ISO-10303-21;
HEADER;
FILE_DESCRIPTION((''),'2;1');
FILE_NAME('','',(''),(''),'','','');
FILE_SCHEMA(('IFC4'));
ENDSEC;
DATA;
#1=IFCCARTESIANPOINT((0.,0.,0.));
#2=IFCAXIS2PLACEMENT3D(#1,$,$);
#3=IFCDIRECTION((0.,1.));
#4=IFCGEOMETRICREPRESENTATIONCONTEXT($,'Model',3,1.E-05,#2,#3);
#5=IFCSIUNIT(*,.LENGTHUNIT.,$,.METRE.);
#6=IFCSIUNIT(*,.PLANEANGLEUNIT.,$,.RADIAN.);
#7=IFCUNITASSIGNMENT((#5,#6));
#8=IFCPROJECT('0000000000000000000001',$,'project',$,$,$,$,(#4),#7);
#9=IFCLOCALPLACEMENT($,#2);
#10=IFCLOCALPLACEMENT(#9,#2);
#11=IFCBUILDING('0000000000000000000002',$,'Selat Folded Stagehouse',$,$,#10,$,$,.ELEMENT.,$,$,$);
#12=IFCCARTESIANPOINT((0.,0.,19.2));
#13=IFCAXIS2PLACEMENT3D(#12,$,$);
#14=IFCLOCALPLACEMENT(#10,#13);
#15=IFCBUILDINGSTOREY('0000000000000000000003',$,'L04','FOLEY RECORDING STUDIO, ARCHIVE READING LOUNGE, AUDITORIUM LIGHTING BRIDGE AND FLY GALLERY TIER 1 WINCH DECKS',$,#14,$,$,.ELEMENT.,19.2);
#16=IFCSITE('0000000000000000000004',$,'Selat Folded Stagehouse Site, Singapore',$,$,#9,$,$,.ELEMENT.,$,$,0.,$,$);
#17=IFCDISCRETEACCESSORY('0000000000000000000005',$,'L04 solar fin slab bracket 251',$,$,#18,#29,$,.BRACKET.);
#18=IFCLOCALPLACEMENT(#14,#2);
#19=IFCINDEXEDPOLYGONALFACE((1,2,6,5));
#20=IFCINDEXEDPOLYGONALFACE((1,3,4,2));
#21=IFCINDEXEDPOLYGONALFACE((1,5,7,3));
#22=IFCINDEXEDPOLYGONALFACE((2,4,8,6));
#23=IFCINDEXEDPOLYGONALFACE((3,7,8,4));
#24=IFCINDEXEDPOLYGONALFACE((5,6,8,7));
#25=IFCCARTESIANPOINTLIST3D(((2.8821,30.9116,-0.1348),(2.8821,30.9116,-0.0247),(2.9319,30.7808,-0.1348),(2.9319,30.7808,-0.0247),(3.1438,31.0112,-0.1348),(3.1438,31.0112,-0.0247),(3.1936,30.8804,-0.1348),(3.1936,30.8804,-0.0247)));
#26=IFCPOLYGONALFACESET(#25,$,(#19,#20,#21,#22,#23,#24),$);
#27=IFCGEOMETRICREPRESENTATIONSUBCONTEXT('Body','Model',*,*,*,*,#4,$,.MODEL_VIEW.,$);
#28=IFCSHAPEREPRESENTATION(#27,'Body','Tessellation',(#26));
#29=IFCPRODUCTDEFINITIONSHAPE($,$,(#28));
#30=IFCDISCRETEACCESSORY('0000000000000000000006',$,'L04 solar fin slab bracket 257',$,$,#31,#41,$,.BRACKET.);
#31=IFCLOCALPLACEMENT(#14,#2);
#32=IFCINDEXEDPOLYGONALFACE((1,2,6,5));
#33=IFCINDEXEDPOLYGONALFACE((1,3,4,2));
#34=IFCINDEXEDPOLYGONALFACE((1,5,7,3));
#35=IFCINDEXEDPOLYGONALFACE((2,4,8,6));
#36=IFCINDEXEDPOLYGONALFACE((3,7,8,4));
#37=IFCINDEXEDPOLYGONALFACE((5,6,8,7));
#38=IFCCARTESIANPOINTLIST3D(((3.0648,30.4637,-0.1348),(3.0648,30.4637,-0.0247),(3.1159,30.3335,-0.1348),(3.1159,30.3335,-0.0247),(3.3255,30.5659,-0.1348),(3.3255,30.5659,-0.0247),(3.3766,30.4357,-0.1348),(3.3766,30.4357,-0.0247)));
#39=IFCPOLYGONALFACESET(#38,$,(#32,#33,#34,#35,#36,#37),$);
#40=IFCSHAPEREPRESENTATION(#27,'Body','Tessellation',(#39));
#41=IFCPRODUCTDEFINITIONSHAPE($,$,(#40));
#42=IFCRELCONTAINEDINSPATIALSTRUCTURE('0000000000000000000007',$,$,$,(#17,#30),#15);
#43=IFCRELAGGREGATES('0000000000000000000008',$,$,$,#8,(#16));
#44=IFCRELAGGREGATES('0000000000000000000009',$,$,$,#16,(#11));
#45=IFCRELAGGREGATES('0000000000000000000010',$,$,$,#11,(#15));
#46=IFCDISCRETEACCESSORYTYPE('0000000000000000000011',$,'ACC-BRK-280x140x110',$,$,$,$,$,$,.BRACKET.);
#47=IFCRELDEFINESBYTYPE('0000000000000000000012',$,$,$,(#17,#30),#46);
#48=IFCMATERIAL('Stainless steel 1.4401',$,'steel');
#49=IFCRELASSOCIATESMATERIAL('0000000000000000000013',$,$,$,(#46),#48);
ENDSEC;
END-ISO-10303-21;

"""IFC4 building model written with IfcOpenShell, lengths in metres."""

from ifc_helpers import new_model, si_unit, direction, frame, origin, origin_2d, place, context, subcontext, project, spatial, rectangle, extrude, material, type_object, element, save


model = new_model("IFC4")

# Units and contexts
model_context = context("Model", 3, precision=1e-05, world=origin(), true_north=direction((0.0, 1.0)))
body_context = subcontext(model_context, "Body", "Model", "MODEL_VIEW")
ifc_project = project(units=[si_unit("LENGTHUNIT", "METRE"), si_unit("PLANEANGLEUNIT", "RADIAN")], contexts=[model_context])

# Site, building, storey
site_placement = place(None, origin())
site = spatial("IfcSite", under=ifc_project, at=site_placement, Name="Selat Folded Stagehouse Site, Singapore", CompositionType="ELEMENT", RefElevation=0.0)
building_placement = place(site_placement, origin())
building = spatial("IfcBuilding", under=site, at=building_placement, Name="Selat Folded Stagehouse", CompositionType="ELEMENT")
storey_placement = place(building_placement, frame((0.0, 0.0, 19.2)))
storey = spatial("IfcBuildingStorey", under=building, at=storey_placement, Name="L04", Description="FOLEY RECORDING STUDIO, ARCHIVE READING LOUNGE, AUDITORIUM LIGHTING BRIDGE AND FLY GALLERY TIER 1 WINCH DECKS", CompositionType="ELEMENT", Elevation=19.2)

# Discrete accessories
ifc_material_1 = material(Name="Stainless steel 1.4401", Category="steel")
discrete_accessory_type = type_object("IfcDiscreteAccessoryType", Name="ACC-BRK-280x140x110", PredefinedType="BRACKET", material=ifc_material_1)
for number, where, z_axis, x_axis, name in (
    (1, (3.0378, 30.896, -0.1348), (0.0, 0.0, 1.0), (-0.93464, -0.355596, 0.0), "L04 solar fin slab bracket 251"),
    (2, (3.2207, 30.4497, -0.1348), (0.0, 0.0, 1.0), (-0.931056, -0.364877, 0.0), "L04 solar fin slab bracket 257"),
):
    element("IfcDiscreteAccessory", number, at=place(storey_placement, frame(where, z_axis=z_axis, x_axis=x_axis)), inside=storey, type_object=discrete_accessory_type, Name=name, PredefinedType="BRACKET", context=body_context, shape_type="SweptSolid", body=[
        extrude(rectangle(XDim=0.28, YDim=0.1399, at=origin_2d()), origin(), (0.0, 0.0, 1.0), 0.1101),
    ])

save(model, "model.ifc")
